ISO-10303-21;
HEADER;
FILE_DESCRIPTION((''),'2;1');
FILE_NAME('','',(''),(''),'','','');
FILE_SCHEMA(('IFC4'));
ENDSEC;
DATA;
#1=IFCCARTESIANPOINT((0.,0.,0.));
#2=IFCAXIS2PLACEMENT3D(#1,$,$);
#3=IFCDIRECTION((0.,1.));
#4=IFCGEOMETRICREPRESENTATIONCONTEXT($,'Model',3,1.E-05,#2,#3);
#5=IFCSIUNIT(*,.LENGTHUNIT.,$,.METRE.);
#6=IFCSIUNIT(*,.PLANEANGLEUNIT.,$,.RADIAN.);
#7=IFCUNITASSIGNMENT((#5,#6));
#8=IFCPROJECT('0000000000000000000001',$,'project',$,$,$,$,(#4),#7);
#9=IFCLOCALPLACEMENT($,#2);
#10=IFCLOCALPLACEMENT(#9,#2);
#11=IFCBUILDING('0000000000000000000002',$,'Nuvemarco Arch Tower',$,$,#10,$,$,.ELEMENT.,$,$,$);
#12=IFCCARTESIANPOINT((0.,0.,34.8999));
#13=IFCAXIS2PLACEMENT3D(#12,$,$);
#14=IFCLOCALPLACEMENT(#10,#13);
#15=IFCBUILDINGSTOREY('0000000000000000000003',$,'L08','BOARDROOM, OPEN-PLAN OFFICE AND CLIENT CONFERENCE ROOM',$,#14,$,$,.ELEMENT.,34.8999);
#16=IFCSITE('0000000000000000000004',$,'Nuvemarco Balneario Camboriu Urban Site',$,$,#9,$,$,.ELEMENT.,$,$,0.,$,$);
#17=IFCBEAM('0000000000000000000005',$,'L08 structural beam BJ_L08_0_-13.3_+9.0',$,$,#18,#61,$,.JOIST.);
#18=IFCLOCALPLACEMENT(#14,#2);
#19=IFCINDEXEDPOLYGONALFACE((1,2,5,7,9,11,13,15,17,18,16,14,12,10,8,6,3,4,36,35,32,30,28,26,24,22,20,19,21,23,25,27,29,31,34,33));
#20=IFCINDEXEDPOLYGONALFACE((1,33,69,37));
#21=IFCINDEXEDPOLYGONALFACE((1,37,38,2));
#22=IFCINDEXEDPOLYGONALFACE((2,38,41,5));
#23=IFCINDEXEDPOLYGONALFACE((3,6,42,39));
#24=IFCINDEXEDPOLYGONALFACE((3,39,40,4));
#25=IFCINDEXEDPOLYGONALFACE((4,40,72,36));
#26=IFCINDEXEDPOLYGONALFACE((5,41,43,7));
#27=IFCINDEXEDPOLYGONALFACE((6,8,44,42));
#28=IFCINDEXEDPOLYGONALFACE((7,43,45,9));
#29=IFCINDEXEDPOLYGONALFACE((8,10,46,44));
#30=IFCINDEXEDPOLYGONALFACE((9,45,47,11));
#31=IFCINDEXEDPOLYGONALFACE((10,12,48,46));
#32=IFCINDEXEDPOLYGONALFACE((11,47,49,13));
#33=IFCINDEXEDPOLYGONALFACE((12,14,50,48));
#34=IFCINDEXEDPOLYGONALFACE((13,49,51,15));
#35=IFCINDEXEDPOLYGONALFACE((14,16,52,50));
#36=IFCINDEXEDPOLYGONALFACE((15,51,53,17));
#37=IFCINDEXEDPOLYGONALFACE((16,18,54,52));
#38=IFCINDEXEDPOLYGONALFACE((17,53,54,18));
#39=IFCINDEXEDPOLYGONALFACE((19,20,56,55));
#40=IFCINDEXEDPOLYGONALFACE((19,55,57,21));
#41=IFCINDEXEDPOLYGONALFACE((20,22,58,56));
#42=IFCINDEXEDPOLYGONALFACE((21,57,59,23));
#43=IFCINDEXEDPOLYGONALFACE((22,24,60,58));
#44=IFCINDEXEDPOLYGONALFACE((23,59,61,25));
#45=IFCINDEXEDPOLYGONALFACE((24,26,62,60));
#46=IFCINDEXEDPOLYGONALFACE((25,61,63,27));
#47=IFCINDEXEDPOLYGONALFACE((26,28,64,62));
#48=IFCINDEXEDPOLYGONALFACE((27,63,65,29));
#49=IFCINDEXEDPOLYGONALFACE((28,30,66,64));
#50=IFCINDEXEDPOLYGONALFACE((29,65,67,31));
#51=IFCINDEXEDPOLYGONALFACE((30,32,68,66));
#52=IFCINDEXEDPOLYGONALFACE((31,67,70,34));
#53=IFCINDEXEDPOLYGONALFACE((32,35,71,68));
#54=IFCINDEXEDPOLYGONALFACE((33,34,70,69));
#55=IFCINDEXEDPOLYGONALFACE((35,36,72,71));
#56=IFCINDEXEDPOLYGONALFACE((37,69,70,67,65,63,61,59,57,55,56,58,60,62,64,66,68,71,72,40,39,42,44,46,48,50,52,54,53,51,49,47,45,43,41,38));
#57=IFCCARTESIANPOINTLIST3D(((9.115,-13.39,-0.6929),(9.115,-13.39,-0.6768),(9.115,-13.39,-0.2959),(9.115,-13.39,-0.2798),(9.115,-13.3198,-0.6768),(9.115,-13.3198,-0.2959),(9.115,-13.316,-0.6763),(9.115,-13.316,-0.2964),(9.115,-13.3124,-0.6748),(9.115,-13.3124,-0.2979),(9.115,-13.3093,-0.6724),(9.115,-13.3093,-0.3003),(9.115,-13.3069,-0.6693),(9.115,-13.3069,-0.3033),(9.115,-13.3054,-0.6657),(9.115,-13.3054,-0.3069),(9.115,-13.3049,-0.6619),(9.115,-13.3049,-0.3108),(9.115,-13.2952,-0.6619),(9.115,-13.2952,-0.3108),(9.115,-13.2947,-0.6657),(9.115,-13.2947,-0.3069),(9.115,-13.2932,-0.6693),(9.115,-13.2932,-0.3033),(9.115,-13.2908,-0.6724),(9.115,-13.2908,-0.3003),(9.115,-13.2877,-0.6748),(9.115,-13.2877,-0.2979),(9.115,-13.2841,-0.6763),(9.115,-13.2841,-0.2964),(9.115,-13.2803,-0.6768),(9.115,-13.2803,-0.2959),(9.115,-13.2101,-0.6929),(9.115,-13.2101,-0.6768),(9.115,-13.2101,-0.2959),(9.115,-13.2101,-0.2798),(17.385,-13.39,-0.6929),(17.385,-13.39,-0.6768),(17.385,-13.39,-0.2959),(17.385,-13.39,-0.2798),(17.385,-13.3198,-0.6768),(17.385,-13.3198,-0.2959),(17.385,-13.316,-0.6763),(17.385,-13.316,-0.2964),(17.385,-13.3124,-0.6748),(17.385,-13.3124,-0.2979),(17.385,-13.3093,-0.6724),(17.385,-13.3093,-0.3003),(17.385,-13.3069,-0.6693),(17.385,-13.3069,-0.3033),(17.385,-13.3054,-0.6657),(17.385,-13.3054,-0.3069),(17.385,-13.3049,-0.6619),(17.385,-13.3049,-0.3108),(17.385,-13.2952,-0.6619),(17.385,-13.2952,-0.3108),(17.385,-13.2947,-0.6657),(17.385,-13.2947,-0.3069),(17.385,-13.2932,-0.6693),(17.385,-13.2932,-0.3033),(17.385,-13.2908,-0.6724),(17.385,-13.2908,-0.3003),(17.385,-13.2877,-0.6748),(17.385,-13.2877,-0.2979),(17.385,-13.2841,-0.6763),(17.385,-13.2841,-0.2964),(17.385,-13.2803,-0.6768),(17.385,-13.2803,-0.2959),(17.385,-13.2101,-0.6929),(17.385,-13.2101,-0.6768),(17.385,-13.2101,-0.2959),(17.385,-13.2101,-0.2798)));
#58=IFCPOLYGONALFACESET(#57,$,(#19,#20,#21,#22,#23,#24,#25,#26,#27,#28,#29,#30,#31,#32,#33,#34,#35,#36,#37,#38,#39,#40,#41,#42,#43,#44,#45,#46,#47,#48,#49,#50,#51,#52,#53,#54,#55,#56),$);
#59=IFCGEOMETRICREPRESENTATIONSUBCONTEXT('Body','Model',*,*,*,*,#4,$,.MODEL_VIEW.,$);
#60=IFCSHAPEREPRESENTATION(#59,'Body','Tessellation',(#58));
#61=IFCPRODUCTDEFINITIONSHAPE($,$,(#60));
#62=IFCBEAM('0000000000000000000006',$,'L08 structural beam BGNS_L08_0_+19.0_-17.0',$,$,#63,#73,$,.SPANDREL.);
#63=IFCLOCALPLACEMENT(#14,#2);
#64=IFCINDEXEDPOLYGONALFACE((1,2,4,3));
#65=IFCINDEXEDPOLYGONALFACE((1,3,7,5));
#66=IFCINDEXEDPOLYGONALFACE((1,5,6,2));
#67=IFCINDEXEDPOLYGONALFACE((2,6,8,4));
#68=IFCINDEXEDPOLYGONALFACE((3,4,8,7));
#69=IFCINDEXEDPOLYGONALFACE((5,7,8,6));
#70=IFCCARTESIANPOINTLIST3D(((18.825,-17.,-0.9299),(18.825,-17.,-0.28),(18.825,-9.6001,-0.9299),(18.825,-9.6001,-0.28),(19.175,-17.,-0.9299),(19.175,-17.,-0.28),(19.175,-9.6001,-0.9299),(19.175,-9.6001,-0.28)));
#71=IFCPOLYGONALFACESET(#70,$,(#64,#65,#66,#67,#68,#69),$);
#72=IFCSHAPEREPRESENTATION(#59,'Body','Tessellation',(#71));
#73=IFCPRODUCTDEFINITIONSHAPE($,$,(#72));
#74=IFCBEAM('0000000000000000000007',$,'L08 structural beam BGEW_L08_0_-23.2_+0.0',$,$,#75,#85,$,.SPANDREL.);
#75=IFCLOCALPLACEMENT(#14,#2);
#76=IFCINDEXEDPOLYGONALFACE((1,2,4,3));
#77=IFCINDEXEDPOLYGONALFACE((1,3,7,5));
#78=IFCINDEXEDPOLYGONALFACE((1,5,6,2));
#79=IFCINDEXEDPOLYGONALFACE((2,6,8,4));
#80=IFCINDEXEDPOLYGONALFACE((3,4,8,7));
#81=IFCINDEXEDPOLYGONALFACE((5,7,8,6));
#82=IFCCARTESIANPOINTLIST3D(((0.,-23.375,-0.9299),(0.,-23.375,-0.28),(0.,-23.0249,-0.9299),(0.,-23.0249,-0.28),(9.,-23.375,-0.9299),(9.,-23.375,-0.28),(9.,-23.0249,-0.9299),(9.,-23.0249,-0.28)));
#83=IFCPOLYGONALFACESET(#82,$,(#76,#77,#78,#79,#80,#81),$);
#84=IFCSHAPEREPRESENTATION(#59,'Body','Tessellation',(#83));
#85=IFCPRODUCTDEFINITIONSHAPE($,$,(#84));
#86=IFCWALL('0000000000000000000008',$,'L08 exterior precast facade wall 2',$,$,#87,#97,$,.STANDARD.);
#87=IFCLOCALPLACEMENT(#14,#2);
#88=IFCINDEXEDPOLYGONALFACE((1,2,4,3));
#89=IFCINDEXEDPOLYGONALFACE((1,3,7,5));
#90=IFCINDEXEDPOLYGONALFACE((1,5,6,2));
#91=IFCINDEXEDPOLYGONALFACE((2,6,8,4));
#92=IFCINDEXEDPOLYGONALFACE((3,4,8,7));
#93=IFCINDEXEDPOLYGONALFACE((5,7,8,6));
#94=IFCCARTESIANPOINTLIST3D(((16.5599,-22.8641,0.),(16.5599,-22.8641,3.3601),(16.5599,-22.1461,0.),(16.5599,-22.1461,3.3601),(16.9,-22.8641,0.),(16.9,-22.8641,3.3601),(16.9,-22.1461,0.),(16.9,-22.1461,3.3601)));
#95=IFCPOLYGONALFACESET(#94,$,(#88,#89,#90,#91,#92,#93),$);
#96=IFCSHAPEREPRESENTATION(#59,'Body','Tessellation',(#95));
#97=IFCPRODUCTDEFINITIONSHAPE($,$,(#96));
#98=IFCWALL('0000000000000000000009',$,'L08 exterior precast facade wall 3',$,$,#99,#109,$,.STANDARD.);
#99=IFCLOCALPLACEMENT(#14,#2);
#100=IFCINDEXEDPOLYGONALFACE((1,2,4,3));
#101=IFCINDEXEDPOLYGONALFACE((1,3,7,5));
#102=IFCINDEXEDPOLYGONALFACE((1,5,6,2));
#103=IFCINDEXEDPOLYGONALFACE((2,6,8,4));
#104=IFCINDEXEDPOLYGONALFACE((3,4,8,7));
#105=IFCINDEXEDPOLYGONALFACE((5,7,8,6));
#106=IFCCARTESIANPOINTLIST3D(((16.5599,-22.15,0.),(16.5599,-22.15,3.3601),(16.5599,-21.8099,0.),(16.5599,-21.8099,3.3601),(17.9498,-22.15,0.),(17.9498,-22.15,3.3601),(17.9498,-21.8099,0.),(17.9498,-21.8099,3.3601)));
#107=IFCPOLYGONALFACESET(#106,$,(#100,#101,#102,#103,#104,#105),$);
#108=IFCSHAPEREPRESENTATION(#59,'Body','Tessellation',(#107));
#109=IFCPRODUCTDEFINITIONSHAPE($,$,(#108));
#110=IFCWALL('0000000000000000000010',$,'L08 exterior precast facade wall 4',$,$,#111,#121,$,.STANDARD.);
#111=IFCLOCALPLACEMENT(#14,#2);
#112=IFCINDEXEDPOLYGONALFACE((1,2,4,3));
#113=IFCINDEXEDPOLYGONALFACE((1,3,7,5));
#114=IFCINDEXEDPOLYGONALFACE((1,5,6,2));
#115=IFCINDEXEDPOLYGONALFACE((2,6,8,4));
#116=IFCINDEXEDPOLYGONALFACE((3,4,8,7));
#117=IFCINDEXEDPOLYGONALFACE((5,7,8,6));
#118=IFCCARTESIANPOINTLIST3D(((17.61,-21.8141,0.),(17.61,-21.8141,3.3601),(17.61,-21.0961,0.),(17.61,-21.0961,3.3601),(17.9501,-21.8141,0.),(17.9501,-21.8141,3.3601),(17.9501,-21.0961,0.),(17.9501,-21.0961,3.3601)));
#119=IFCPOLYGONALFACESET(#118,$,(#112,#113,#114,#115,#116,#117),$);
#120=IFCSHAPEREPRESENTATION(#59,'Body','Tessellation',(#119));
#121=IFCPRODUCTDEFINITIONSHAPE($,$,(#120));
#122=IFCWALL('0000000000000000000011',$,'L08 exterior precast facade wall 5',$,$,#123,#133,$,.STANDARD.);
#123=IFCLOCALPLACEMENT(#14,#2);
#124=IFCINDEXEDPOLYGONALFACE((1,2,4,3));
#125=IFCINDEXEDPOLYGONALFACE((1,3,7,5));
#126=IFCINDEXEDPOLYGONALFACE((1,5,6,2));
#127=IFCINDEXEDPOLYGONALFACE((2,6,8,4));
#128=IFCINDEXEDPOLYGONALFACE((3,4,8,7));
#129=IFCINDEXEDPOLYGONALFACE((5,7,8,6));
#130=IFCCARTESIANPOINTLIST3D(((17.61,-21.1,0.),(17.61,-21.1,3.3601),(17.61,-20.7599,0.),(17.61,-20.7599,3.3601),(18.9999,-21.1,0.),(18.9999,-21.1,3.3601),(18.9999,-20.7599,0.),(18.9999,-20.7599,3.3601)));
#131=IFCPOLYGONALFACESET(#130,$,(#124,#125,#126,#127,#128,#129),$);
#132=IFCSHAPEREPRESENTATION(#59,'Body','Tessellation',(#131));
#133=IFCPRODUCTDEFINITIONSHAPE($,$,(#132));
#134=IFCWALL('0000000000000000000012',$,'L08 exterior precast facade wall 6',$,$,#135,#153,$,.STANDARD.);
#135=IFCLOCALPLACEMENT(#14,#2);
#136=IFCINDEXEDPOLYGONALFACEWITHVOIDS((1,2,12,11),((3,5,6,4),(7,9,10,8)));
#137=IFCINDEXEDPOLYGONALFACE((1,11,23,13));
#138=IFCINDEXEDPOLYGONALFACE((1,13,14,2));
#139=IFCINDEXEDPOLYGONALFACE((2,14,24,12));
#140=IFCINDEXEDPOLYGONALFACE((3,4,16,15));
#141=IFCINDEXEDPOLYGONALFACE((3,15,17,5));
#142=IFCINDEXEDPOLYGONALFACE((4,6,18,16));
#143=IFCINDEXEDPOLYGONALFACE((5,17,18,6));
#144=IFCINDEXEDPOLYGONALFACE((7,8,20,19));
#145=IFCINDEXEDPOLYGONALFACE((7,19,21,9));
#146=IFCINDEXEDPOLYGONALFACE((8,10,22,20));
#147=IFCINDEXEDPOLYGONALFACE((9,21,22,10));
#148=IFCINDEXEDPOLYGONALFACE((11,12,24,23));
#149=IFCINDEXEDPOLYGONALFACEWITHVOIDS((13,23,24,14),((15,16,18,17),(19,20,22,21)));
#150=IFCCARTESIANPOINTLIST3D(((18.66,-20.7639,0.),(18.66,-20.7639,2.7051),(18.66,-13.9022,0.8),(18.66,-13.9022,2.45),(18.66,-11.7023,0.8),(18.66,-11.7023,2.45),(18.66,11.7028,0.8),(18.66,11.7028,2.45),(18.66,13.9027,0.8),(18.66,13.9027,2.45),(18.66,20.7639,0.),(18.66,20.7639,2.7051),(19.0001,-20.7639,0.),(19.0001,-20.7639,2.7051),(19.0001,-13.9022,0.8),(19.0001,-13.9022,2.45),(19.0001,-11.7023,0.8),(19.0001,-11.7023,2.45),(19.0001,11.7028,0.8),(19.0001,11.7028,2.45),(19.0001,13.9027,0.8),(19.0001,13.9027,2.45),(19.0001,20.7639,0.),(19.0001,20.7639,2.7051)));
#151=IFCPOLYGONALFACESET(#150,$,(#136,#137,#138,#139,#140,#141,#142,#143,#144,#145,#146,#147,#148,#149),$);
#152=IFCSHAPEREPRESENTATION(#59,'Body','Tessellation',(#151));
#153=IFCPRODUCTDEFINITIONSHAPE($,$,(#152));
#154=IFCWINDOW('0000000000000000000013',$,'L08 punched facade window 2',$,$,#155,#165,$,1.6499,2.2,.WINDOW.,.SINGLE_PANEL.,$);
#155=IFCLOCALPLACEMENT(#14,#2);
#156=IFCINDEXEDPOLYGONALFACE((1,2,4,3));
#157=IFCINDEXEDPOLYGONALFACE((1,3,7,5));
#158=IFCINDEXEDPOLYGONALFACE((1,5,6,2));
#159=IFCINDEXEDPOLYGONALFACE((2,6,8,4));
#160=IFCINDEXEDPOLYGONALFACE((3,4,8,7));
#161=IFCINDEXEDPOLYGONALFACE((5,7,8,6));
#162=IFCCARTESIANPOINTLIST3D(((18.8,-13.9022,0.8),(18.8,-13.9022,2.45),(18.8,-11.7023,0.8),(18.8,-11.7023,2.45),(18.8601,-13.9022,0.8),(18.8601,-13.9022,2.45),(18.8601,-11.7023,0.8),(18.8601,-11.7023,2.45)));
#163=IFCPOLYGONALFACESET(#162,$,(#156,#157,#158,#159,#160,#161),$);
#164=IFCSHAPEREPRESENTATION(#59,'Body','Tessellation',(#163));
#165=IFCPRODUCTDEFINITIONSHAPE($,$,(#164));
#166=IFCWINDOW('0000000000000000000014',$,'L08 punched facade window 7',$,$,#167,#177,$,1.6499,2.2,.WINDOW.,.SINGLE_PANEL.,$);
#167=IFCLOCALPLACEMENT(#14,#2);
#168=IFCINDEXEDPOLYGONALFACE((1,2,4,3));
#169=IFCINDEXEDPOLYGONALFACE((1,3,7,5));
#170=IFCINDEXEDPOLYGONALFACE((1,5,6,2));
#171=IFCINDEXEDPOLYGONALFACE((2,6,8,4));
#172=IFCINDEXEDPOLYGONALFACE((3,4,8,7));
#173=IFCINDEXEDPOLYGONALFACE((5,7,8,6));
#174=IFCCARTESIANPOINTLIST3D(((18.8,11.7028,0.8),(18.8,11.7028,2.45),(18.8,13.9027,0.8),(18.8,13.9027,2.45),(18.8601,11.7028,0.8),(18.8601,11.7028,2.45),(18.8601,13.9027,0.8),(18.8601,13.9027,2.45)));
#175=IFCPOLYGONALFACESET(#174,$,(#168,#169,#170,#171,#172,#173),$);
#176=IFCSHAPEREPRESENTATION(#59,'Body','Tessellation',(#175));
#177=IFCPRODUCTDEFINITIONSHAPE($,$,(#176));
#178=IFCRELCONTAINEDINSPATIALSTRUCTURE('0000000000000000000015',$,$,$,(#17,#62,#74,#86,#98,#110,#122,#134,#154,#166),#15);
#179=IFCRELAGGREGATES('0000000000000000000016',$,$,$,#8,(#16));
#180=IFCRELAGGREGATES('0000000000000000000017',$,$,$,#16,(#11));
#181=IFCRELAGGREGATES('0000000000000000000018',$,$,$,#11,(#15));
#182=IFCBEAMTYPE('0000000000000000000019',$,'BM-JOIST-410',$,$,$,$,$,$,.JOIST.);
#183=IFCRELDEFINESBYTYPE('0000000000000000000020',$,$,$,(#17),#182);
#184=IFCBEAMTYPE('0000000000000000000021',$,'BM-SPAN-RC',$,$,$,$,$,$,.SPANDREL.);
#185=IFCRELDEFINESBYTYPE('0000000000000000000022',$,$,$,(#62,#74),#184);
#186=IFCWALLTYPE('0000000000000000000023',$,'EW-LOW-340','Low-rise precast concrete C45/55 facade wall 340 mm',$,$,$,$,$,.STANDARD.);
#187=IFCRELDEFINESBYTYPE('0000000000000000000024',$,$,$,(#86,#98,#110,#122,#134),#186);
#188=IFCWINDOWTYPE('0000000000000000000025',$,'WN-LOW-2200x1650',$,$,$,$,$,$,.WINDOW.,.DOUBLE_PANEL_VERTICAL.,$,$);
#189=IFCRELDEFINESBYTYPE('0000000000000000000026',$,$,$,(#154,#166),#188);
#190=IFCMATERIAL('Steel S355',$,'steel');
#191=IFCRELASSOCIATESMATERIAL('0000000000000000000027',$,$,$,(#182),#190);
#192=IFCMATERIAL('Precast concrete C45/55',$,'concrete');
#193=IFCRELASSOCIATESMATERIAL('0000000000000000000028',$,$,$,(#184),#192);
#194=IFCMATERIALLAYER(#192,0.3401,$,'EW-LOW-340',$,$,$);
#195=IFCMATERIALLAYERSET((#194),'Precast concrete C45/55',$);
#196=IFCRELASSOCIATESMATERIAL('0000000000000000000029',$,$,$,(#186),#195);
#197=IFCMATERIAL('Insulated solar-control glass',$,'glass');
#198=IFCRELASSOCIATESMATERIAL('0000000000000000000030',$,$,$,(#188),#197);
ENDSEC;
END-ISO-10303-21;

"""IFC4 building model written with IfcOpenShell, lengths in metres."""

from ifc_helpers import new_model, si_unit, direction, frame, frame_2d, origin, origin_2d, place, context, subcontext, project, spatial, rectangle, i_section, extrude, source, transform, mapped, material, layer, layer_set, material_profile, profile_set, type_object, type_shapes, element, fill, save


model = new_model("IFC4")

# Units and contexts
model_context = context("Model", 3, precision=1e-05, world=origin(), true_north=direction((0.0, 1.0)))
body_context = subcontext(model_context, "Body", "Model", "MODEL_VIEW")
ifc_project = project(units=[si_unit("LENGTHUNIT", "METRE"), si_unit("PLANEANGLEUNIT", "RADIAN")], contexts=[model_context])

# Site, building, storey
site_placement = place(None, origin())
site = spatial("IfcSite", under=ifc_project, at=site_placement, Name="Nuvemarco Balneario Camboriu Urban Site", CompositionType="ELEMENT", RefElevation=0.0)
building_placement = place(site_placement, origin())
building = spatial("IfcBuilding", under=site, at=building_placement, Name="Nuvemarco Arch Tower", CompositionType="ELEMENT")
storey_placement = place(building_placement, frame((0.0, 0.0, 34.8999)))
storey = spatial("IfcBuildingStorey", under=building, at=storey_placement, Name="L08", Description="BOARDROOM, OPEN-PLAN OFFICE AND CLIENT CONFERENCE ROOM", CompositionType="ELEMENT", Elevation=34.8999)

# Shared definitions
ifc_material_1 = material(Name="Steel S355", Category="steel")

# Beams
ifc_material_profile_1 = material_profile(ifc_material_1, i_section(OverallWidth=0.1799, OverallDepth=0.4131, WebThickness=0.0098, FlangeThickness=0.0161, FilletRadius=0.0149, at=origin_2d()), Name="W410x75")
ifc_profile_set_1 = profile_set([ifc_material_profile_1], Name="Steel S355")
beam_type_1 = type_object("IfcBeamType", Name="BM-JOIST-410", PredefinedType="JOIST", material=ifc_profile_set_1)
beam_1_placement = place(storey_placement, frame((9.115, -13.3, -0.4863), z_axis=(1.0, 0.0, 0.0), x_axis=(0.0, 1.0, 0.0)))
element("IfcBeam", 1, at=beam_1_placement, inside=storey, type_object=beam_type_1, Name="L08 structural beam BJ_L08_0_-13.3_+9.0", PredefinedType="JOIST", context=body_context, shape_type="SweptSolid", body=[
    extrude(i_section(OverallWidth=0.1799, OverallDepth=0.4131, WebThickness=0.0098, FlangeThickness=0.0161, FilletRadius=0.0149, at=origin_2d()), origin(), (0.0, 0.0, 1.0), 8.27),
])
ifc_material_2 = material(Name="Precast concrete C45/55", Category="concrete")
ifc_material_profile_2 = material_profile(ifc_material_2, rectangle(XDim=0.3501, YDim=0.6499, at=origin_2d()), Name="PC-SP-350x650")
ifc_profile_set_2 = profile_set([ifc_material_profile_2], Name="Precast concrete C45/55")
beam_type_2 = type_object("IfcBeamType", Name="BM-SPAN-RC", PredefinedType="SPANDREL", material=ifc_profile_set_2)
beam_2_placement = place(storey_placement, frame((19.0, -17.0, -0.605), z_axis=(0.0, 1.0, 0.0), x_axis=(-1.0, 0.0, 0.0)))
element("IfcBeam", 2, at=beam_2_placement, inside=storey, type_object=beam_type_2, Name="L08 structural beam BGNS_L08_0_+19.0_-17.0", PredefinedType="SPANDREL", context=body_context, shape_type="SweptSolid", body=[
    extrude(rectangle(XDim=0.3501, YDim=0.6499, at=origin_2d()), origin(), (0.0, 0.0, 1.0), 7.3999),
])
beam_3_placement = place(storey_placement, frame((0.0, -23.2, -0.605), z_axis=(1.0, 0.0, 0.0), x_axis=(0.0, 1.0, 0.0)))
element("IfcBeam", 3, at=beam_3_placement, inside=storey, type_object=beam_type_2, Name="L08 structural beam BGEW_L08_0_-23.2_+0.0", PredefinedType="SPANDREL", context=body_context, shape_type="SweptSolid", body=[
    extrude(rectangle(XDim=0.3501, YDim=0.6499, at=origin_2d()), origin(), (0.0, 0.0, 1.0), 9.0),
])

# Walls
ifc_layer_1 = layer(ifc_material_2, 0.3401, Name="EW-LOW-340")
ifc_layer_set_1 = layer_set([ifc_layer_1], Name="Precast concrete C45/55")
wall_type_1 = type_object("IfcWallType", Name="EW-LOW-340", Description="Low-rise precast concrete C45/55 facade wall 340 mm", PredefinedType="STANDARD", material=ifc_layer_set_1)
wall_1_placement = place(storey_placement, frame((16.73, -22.864, 0.0), z_axis=(0.0, 0.0, 1.0), x_axis=(0.0, 1.0, 0.0)))
element("IfcWall", 4, at=wall_1_placement, inside=storey, type_object=wall_type_1, Name="L08 exterior precast facade wall 2", PredefinedType="STANDARD", context=body_context, shape_type="SweptSolid", body=[
    extrude(rectangle(XDim=0.718, YDim=0.3401, at=frame_2d((0.3589, 0.0))), origin(), (0.0, 0.0, 1.0), 3.3601),
])
wall_2_placement = place(storey_placement, frame((16.5601, -21.98, 0.0), z_axis=(0.0, 0.0, 1.0), x_axis=(1.0, 0.0, 0.0)))
element("IfcWall", 5, at=wall_2_placement, inside=storey, type_object=wall_type_1, Name="L08 exterior precast facade wall 3", PredefinedType="STANDARD", context=body_context, shape_type="SweptSolid", body=[
    extrude(rectangle(XDim=1.3899, YDim=0.3401, at=frame_2d((0.6948, 0.0))), origin(), (0.0, 0.0, 1.0), 3.3601),
])
wall_3_placement = place(storey_placement, frame((17.78, -21.814, 0.0), z_axis=(0.0, 0.0, 1.0), x_axis=(0.0, 1.0, 0.0)))
element("IfcWall", 6, at=wall_3_placement, inside=storey, type_object=wall_type_1, Name="L08 exterior precast facade wall 4", PredefinedType="STANDARD", context=body_context, shape_type="SweptSolid", body=[
    extrude(rectangle(XDim=0.718, YDim=0.3401, at=frame_2d((0.3589, 0.0))), origin(), (0.0, 0.0, 1.0), 3.3601),
])
wall_4_placement = place(storey_placement, frame((17.6101, -20.9299, 0.0), z_axis=(0.0, 0.0, 1.0), x_axis=(1.0, 0.0, 0.0)))
element("IfcWall", 7, at=wall_4_placement, inside=storey, type_object=wall_type_1, Name="L08 exterior precast facade wall 5", PredefinedType="STANDARD", context=body_context, shape_type="SweptSolid", body=[
    extrude(rectangle(XDim=1.3899, YDim=0.3401, at=frame_2d((0.6948, 0.0))), origin(), (0.0, 0.0, 1.0), 3.3601),
])

# Wall, openings, windows
wall_5_placement = place(storey_placement, frame((18.8301, -20.7639, 0.0), z_axis=(0.0, 0.0, 1.0), x_axis=(0.0, 1.0, 0.0)))
wall_5 = element("IfcWall", 8, at=wall_5_placement, inside=storey, type_object=wall_type_1, Name="L08 exterior precast facade wall 6", PredefinedType="STANDARD", context=body_context, shape_type="SweptSolid", body=[
    extrude(rectangle(XDim=41.5278, YDim=0.3401, at=frame_2d((20.7639, 0.0))), origin(), (0.0, 0.0, 1.0), 2.7051),
])
opening_1_placement = place(wall_5_placement, frame((6.8616, 0.0, 0.8)))
opening_1 = element("IfcOpeningElement", 9, at=opening_1_placement, cuts=wall_5, PredefinedType="OPENING", context=body_context, shape_type="SweptSolid", body=[
    extrude(rectangle(XDim=2.2, YDim=1.6499, at=frame_2d((1.1001, 0.825))), frame((0.0, 0.1799, 0.0), z_axis=(0.0, -1.0, 0.0), x_axis=(1.0, 0.0, 0.0)), (0.0, 0.0, 1.0), 0.3601),
])
opening_2_placement = place(wall_5_placement, frame((32.4666, 0.0, 0.8)))
opening_2 = element("IfcOpeningElement", 10, at=opening_2_placement, cuts=wall_5, PredefinedType="OPENING", context=body_context, shape_type="SweptSolid", body=[
    extrude(rectangle(XDim=2.2, YDim=1.6499, at=frame_2d((1.1001, 0.825))), frame((0.0, 0.1799, 0.0), z_axis=(0.0, -1.0, 0.0), x_axis=(1.0, 0.0, 0.0)), (0.0, 0.0, 1.0), 0.3601),
])
ifc_material_3 = material(Name="Insulated solar-control glass", Category="glass")
window_type = type_object("IfcWindowType", Name="WN-LOW-2200x1650", PartitioningType="DOUBLE_PANEL_VERTICAL", PredefinedType="WINDOW", material=ifc_material_3)
shared_shape_1 = source(origin(), body_context, "Body", "SweptSolid", [
    extrude(rectangle(XDim=2.2, YDim=1.6499, at=frame_2d((1.1001, 0.825))), frame((0.0, 0.03, 0.0), z_axis=(0.0, -1.0, 0.0), x_axis=(1.0, 0.0, 0.0)), (0.0, 0.0, 1.0), 0.0601),
])
type_shapes(window_type, [shared_shape_1])
window_1_placement = place(opening_1_placement, origin())
window_1 = element("IfcWindow", 11, at=window_1_placement, inside=storey, type_object=window_type, Name="L08 punched facade window 2", OverallHeight=1.6499, OverallWidth=2.2, PartitioningType="SINGLE_PANEL", PredefinedType="WINDOW", context=body_context, shape_type="MappedRepresentation", body=[
    mapped(shared_shape_1, transform((0.0, 0.0, 0.0), scale=1.0)),
])
fill(opening_1, window_1)
window_2_placement = place(opening_2_placement, origin())
window_2 = element("IfcWindow", 12, at=window_2_placement, inside=storey, type_object=window_type, Name="L08 punched facade window 7", OverallHeight=1.6499, OverallWidth=2.2, PartitioningType="SINGLE_PANEL", PredefinedType="WINDOW", context=body_context, shape_type="MappedRepresentation", body=[
    mapped(shared_shape_1, transform((0.0, 0.0, 0.0), scale=1.0)),
])
fill(opening_2, window_2)

save(model, "model.ifc")
